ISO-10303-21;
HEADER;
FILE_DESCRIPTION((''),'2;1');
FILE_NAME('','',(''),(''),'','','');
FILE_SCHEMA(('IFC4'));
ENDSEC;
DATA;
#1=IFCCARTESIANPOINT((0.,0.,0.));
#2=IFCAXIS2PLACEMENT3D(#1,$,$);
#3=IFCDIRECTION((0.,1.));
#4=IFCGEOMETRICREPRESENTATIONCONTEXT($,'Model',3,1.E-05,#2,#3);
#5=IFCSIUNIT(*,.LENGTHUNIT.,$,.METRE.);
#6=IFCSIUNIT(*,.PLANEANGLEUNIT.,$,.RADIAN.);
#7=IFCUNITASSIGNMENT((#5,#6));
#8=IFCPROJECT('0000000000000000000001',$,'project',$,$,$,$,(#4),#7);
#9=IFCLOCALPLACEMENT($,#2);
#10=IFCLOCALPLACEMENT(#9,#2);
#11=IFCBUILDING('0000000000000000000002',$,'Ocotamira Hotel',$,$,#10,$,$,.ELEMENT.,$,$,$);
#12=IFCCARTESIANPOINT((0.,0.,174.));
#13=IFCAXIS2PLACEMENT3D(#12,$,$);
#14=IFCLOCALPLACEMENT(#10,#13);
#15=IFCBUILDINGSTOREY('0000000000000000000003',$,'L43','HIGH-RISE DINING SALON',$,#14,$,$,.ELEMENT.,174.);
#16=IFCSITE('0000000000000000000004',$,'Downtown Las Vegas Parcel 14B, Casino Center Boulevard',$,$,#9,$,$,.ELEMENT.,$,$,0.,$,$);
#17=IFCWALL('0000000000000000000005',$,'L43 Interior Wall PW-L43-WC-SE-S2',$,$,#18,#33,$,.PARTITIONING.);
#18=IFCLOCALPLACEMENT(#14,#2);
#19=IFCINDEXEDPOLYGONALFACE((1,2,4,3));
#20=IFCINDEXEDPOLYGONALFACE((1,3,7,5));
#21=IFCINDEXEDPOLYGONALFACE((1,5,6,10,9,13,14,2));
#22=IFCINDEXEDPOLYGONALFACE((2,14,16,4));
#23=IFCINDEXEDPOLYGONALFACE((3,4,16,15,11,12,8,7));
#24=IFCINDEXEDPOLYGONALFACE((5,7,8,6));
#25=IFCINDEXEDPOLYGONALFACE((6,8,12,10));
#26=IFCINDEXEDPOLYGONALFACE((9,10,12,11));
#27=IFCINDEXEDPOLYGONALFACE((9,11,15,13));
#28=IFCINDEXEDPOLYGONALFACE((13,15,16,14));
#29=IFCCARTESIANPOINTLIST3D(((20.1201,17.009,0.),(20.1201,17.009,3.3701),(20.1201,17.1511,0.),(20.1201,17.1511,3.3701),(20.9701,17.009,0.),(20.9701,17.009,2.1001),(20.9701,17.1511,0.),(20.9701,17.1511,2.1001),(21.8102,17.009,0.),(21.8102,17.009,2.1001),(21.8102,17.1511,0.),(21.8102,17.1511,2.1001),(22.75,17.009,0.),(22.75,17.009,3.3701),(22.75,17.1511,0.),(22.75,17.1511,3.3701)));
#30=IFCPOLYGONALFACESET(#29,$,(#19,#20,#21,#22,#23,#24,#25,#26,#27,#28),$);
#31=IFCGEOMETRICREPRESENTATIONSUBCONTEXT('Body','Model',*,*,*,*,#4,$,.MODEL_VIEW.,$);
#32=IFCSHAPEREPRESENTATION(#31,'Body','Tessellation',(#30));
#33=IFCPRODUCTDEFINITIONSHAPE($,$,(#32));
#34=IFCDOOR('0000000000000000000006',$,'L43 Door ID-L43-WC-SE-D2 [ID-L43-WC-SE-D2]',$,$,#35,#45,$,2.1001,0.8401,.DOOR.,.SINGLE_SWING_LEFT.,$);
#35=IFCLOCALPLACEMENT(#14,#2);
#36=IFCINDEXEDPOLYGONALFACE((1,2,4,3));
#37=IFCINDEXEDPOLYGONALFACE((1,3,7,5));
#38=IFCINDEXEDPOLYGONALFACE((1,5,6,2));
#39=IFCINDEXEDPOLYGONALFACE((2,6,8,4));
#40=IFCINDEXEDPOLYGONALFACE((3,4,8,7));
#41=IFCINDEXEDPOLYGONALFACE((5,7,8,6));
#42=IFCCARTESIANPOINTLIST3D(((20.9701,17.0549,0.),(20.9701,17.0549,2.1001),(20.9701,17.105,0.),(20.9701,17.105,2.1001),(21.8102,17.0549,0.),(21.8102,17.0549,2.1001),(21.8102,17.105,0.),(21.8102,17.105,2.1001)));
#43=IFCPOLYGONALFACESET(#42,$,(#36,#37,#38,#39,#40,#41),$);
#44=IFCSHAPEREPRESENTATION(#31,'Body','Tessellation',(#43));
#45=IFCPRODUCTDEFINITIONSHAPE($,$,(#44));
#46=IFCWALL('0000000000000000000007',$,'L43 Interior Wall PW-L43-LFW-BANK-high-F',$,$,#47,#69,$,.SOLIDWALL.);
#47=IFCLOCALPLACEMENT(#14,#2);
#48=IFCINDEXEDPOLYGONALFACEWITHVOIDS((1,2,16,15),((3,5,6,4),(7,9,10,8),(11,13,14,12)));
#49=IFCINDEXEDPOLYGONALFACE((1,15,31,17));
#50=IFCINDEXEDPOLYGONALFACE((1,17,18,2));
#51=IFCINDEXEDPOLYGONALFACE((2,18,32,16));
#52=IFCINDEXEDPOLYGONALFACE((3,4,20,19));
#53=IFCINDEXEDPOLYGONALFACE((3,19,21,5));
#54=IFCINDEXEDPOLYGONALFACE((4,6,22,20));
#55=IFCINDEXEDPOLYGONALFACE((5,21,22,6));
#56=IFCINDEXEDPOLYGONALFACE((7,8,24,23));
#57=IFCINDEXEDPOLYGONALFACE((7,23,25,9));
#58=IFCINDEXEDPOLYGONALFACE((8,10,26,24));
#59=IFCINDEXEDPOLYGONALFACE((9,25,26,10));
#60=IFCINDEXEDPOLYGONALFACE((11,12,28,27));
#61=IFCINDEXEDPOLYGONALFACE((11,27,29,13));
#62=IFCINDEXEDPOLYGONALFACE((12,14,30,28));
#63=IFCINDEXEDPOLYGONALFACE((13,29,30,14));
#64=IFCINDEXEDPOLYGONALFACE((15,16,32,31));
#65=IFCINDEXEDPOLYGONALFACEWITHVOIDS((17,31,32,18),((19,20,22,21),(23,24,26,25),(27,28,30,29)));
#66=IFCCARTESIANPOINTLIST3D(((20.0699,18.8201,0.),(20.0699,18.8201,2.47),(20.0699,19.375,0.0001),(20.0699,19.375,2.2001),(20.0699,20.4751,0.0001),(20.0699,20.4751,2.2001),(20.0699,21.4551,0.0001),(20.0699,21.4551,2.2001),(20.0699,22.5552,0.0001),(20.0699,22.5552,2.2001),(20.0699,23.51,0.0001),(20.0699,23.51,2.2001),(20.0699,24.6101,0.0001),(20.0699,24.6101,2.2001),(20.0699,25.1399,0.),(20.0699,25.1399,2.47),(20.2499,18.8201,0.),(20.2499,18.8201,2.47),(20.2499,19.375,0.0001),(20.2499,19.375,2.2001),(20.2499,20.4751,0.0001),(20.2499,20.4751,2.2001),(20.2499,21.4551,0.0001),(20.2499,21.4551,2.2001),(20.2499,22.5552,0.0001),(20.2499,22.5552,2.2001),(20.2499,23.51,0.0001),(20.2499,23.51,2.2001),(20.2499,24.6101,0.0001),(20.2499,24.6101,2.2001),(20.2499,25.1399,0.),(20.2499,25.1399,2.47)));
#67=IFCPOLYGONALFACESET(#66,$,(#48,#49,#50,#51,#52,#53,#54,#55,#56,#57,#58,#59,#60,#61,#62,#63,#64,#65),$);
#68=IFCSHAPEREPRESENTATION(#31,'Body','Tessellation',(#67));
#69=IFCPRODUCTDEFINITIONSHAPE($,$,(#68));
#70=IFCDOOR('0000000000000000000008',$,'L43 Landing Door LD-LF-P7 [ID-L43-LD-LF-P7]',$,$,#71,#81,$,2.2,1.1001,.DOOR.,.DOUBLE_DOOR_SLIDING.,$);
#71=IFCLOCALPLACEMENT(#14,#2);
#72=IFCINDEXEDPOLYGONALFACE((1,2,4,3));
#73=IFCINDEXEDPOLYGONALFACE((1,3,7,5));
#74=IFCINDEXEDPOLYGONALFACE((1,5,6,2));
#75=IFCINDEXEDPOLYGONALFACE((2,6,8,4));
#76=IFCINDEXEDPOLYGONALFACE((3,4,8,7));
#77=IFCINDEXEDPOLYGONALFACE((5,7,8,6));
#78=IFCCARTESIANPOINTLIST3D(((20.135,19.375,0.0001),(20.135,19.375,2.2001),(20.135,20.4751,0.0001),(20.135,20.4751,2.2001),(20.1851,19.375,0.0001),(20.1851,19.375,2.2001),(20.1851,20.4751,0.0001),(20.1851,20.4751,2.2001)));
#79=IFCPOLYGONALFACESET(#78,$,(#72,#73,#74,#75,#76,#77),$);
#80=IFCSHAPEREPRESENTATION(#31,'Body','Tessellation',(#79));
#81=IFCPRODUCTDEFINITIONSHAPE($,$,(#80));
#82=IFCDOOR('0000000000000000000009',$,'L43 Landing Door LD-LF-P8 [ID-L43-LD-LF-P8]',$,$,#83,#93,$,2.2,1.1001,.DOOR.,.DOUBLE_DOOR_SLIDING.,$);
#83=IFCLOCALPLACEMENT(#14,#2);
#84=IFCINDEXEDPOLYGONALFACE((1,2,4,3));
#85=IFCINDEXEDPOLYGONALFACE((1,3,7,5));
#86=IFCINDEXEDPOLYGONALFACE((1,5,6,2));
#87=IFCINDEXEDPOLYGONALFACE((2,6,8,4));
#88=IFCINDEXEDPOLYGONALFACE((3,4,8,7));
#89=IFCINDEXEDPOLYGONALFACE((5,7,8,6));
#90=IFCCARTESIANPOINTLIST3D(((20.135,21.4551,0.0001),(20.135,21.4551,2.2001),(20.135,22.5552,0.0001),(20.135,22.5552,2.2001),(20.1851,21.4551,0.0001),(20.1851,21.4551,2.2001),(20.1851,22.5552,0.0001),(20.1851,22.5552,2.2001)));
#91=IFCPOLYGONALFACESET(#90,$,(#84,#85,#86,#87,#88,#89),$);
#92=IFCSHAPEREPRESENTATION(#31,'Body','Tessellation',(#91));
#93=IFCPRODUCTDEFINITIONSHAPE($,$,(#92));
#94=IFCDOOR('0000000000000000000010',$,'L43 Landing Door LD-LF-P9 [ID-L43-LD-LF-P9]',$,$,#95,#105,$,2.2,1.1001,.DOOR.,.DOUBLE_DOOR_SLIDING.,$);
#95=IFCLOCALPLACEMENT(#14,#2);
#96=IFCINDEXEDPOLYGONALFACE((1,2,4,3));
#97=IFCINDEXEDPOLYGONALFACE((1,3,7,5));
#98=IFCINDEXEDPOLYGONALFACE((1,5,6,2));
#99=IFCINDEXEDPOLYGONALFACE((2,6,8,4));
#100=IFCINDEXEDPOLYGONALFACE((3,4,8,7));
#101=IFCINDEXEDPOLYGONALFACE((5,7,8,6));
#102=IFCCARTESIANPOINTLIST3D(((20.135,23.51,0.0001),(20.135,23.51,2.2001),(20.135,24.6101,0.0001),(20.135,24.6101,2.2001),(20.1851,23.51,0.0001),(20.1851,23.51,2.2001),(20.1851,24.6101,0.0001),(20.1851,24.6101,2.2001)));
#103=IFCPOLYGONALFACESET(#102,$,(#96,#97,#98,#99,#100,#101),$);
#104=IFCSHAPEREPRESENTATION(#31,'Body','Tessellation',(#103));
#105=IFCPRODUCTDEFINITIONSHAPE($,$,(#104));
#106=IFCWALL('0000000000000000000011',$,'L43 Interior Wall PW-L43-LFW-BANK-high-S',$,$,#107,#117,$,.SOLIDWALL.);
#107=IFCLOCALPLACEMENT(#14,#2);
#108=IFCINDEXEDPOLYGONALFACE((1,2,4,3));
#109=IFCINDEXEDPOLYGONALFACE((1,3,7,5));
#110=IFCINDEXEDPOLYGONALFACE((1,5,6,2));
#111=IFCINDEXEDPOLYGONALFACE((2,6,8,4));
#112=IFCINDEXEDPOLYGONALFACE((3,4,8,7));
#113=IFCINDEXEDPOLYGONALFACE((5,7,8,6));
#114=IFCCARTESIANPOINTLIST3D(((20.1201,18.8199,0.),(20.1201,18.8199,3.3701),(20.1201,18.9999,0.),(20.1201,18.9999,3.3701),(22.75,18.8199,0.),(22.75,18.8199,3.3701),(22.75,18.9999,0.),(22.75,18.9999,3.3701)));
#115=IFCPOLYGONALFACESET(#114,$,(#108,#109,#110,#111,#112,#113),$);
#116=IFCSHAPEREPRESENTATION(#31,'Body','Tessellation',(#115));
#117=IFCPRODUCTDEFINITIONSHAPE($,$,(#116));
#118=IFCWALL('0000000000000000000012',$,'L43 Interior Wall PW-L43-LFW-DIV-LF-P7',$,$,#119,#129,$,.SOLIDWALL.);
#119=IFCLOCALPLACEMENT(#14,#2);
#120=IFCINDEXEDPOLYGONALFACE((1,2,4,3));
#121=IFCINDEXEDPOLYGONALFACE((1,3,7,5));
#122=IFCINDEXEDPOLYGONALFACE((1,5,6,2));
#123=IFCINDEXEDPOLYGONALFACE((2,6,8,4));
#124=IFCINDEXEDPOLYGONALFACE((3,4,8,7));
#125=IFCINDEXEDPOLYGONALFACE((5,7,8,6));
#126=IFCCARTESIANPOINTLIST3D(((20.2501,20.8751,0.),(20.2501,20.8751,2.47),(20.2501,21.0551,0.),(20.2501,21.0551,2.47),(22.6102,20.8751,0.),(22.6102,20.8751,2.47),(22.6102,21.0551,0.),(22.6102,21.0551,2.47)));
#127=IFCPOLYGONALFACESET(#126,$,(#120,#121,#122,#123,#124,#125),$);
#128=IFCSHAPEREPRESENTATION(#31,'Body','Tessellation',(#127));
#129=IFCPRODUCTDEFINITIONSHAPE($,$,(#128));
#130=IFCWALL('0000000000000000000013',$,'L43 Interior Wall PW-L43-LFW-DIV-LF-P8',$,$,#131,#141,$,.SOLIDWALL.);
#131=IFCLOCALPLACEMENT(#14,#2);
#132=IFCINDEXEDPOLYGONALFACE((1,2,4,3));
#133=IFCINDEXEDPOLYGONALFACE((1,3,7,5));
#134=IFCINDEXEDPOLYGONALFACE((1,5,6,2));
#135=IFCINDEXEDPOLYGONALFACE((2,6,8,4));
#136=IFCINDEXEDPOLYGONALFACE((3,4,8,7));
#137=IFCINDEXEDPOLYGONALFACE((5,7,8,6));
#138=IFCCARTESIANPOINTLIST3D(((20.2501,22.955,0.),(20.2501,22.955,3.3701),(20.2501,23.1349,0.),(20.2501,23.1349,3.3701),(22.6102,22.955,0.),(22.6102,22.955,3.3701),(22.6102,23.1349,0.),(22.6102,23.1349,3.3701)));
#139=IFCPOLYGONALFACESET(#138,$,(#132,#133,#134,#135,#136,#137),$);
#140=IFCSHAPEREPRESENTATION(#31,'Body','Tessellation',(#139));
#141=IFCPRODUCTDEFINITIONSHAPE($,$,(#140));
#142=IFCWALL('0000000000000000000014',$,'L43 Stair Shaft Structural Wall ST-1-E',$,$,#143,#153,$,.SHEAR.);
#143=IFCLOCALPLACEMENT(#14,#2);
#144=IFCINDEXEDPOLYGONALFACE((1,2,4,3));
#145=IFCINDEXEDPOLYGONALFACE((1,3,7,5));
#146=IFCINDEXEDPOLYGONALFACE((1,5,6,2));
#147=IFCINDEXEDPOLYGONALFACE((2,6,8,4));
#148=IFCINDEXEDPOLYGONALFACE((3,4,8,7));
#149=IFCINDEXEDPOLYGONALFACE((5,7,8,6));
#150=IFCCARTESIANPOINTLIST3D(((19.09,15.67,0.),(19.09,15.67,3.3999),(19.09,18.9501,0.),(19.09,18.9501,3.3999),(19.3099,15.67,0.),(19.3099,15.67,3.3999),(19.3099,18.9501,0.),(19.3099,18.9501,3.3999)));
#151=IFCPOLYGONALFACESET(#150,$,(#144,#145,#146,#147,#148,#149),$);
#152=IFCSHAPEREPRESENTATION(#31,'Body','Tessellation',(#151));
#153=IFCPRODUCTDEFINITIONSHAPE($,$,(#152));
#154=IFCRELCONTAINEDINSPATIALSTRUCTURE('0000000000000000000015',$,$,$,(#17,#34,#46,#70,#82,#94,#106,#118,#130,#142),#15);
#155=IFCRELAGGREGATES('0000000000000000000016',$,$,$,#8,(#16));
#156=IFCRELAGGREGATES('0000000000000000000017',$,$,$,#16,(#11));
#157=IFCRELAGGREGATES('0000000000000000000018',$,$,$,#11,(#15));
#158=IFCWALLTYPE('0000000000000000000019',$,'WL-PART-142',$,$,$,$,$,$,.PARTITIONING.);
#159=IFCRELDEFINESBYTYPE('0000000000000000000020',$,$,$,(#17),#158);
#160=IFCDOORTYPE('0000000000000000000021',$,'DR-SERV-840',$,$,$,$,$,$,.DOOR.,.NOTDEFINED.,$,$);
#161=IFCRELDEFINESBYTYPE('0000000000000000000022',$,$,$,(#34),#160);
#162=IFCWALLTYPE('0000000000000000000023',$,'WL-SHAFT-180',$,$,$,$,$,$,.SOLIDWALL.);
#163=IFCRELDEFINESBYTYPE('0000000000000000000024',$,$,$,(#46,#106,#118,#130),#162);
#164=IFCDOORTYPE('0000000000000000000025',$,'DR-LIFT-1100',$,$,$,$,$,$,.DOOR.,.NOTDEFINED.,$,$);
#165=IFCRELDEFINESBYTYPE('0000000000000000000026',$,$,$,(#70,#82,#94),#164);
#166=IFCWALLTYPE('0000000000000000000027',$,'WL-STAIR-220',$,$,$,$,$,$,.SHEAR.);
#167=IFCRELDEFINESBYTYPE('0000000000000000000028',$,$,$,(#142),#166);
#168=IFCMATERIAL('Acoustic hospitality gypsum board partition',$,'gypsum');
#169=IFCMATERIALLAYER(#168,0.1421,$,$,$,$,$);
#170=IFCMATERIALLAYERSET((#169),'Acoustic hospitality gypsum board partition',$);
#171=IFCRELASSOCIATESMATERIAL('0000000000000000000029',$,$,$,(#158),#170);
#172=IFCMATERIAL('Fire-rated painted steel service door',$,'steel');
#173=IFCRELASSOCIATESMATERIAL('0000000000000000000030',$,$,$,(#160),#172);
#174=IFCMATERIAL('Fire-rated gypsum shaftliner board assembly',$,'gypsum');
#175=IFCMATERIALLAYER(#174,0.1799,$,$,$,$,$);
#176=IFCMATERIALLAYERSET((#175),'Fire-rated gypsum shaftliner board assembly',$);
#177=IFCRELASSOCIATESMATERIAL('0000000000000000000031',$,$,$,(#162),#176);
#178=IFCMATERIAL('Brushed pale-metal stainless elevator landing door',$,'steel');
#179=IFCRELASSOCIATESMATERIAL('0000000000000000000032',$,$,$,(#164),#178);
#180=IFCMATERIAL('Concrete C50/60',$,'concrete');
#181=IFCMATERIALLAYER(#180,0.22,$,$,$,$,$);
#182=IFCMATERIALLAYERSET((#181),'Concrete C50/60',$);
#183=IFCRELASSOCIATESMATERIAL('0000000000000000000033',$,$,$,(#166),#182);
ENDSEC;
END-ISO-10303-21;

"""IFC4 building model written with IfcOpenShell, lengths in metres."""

from ifc_helpers import new_model, si_unit, direction, frame, frame_2d, origin, place, context, subcontext, project, spatial, rectangle, extrude, source, transform, mapped, material, layer, layer_set, type_object, element, fill, save


model = new_model("IFC4")

# Units and contexts
model_context = context("Model", 3, precision=1e-05, world=origin(), true_north=direction((0.0, 1.0)))
body_context = subcontext(model_context, "Body", "Model", "MODEL_VIEW")
ifc_project = project(units=[si_unit("LENGTHUNIT", "METRE"), si_unit("PLANEANGLEUNIT", "RADIAN")], contexts=[model_context])

# Site, building, storey
site_placement = place(None, origin())
site = spatial("IfcSite", under=ifc_project, at=site_placement, Name="Downtown Las Vegas Parcel 14B, Casino Center Boulevard", CompositionType="ELEMENT", RefElevation=0.0)
building_placement = place(site_placement, origin())
building = spatial("IfcBuilding", under=site, at=building_placement, Name="Ocotamira Hotel", CompositionType="ELEMENT")
storey_placement = place(building_placement, frame((0.0, 0.0, 174.0)))
storey = spatial("IfcBuildingStorey", under=building, at=storey_placement, Name="L43", Description="HIGH-RISE DINING SALON", CompositionType="ELEMENT", Elevation=174.0)

# Shared definitions
ifc_material_1 = material(Name="Concrete C50/60", Category="concrete")
ifc_material_2 = material(Name="Acoustic hospitality gypsum board partition", Category="gypsum")
ifc_layer_1 = layer(ifc_material_2, 0.1421)
ifc_layer_set_1 = layer_set([ifc_layer_1], Name="Acoustic hospitality gypsum board partition")
wall_type_1 = type_object("IfcWallType", Name="WL-PART-142", PredefinedType="PARTITIONING", material=ifc_layer_set_1)

# Wall, opening, door
wall_1_placement = place(storey_placement, frame((20.1201, 17.0801, 0.0), z_axis=(0.0, 0.0, 1.0), x_axis=(1.0, 0.0, 0.0)))
wall_1 = element("IfcWall", 1, at=wall_1_placement, inside=storey, type_object=wall_type_1, Name="L43 Interior Wall PW-L43-WC-SE-S2", PredefinedType="PARTITIONING", context=body_context, shape_type="SweptSolid", body=[
    extrude(rectangle(XDim=2.6299, YDim=0.1421, at=frame_2d((1.3149, 0.0))), origin(), (0.0, 0.0, 1.0), 3.3701),
])
opening_1_placement = place(wall_1_placement, frame((0.8501, 0.0, 0.0)))
opening_1 = element("IfcOpeningElement", 2, at=opening_1_placement, cuts=wall_1, PredefinedType="OPENING", context=body_context, shape_type="SweptSolid", body=[
    extrude(rectangle(XDim=0.8401, YDim=2.1001, at=frame_2d((0.4199, 1.05))), frame((0.0, 0.0811, 0.0), z_axis=(0.0, -1.0, 0.0), x_axis=(1.0, 0.0, 0.0)), (0.0, 0.0, 1.0), 0.1621),
])
ifc_material_3 = material(Name="Fire-rated painted steel service door", Category="steel")
door_type_1 = type_object("IfcDoorType", Name="DR-SERV-840", OperationType="NOTDEFINED", PredefinedType="DOOR", material=ifc_material_3)
shared_shape_1 = source(origin(), body_context, "Body", "SweptSolid", [
    extrude(rectangle(XDim=0.8401, YDim=2.1001, at=frame_2d((0.4199, 1.05))), frame((0.0, 0.0249, 0.0), z_axis=(0.0, -1.0, 0.0), x_axis=(1.0, 0.0, 0.0)), (0.0, 0.0, 1.0), 0.05),
])
door_1_placement = place(opening_1_placement, origin())
door_1 = element("IfcDoor", 3, at=door_1_placement, inside=storey, type_object=door_type_1, Name="L43 Door ID-L43-WC-SE-D2 [ID-L43-WC-SE-D2]", OperationType="SINGLE_SWING_LEFT", OverallHeight=2.1001, OverallWidth=0.8401, PredefinedType="DOOR", context=body_context, shape_type="MappedRepresentation", body=[
    mapped(shared_shape_1, transform((0.0, 0.0, 0.0), scale=1.0)),
])
fill(opening_1, door_1)

# Wall, openings, doors
ifc_material_4 = material(Name="Fire-rated gypsum shaftliner board assembly", Category="gypsum")
ifc_layer_2 = layer(ifc_material_4, 0.1799)
ifc_layer_set_2 = layer_set([ifc_layer_2], Name="Fire-rated gypsum shaftliner board assembly")
wall_type_2 = type_object("IfcWallType", Name="WL-SHAFT-180", PredefinedType="SOLIDWALL", material=ifc_layer_set_2)
wall_2_placement = place(storey_placement, frame((20.1599, 18.8201, 0.0), z_axis=(0.0, 0.0, 1.0), x_axis=(0.0, 1.0, 0.0)))
wall_2 = element("IfcWall", 4, at=wall_2_placement, inside=storey, type_object=wall_type_2, Name="L43 Interior Wall PW-L43-LFW-BANK-high-F", PredefinedType="SOLIDWALL", context=body_context, shape_type="SweptSolid", body=[
    extrude(rectangle(XDim=6.3198, YDim=0.1799, at=frame_2d((3.1599, 0.0))), origin(), (0.0, 0.0, 1.0), 2.47),
])
opening_2_placement = place(wall_2_placement, frame((0.5549, 0.0, 0.0)))
opening_2 = element("IfcOpeningElement", 5, at=opening_2_placement, cuts=wall_2, PredefinedType="OPENING", context=body_context, shape_type="SweptSolid", body=[
    extrude(rectangle(XDim=1.1001, YDim=2.2, at=frame_2d((0.55, 1.1001))), frame((0.0, 0.1001, 0.0), z_axis=(0.0, -1.0, 0.0), x_axis=(1.0, 0.0, 0.0)), (0.0, 0.0, 1.0), 0.2),
])
opening_3_placement = place(wall_2_placement, frame((2.635, 0.0, 0.0)))
opening_3 = element("IfcOpeningElement", 6, at=opening_3_placement, cuts=wall_2, PredefinedType="OPENING", context=body_context, shape_type="SweptSolid", body=[
    extrude(rectangle(XDim=1.1001, YDim=2.2, at=frame_2d((0.55, 1.1001))), frame((0.0, 0.1001, 0.0), z_axis=(0.0, -1.0, 0.0), x_axis=(1.0, 0.0, 0.0)), (0.0, 0.0, 1.0), 0.2),
])
opening_4_placement = place(wall_2_placement, frame((4.6899, 0.0, 0.0)))
opening_4 = element("IfcOpeningElement", 7, at=opening_4_placement, cuts=wall_2, PredefinedType="OPENING", context=body_context, shape_type="SweptSolid", body=[
    extrude(rectangle(XDim=1.1001, YDim=2.2, at=frame_2d((0.55, 1.1001))), frame((0.0, 0.1001, 0.0), z_axis=(0.0, -1.0, 0.0), x_axis=(1.0, 0.0, 0.0)), (0.0, 0.0, 1.0), 0.2),
])
ifc_material_5 = material(Name="Brushed pale-metal stainless elevator landing door", Category="steel")
door_type_2 = type_object("IfcDoorType", Name="DR-LIFT-1100", OperationType="NOTDEFINED", PredefinedType="DOOR", material=ifc_material_5)
shared_shape_2 = source(origin(), body_context, "Body", "SweptSolid", [
    extrude(rectangle(XDim=1.1001, YDim=2.2, at=frame_2d((0.55, 1.1001))), frame((0.0, 0.0249, 0.0), z_axis=(0.0, -1.0, 0.0), x_axis=(1.0, 0.0, 0.0)), (0.0, 0.0, 1.0), 0.05),
])
door_2_placement = place(opening_2_placement, origin())
door_2 = element("IfcDoor", 8, at=door_2_placement, inside=storey, type_object=door_type_2, Name="L43 Landing Door LD-LF-P7 [ID-L43-LD-LF-P7]", OperationType="DOUBLE_DOOR_SLIDING", OverallHeight=2.2, OverallWidth=1.1001, PredefinedType="DOOR", context=body_context, shape_type="MappedRepresentation", body=[
    mapped(shared_shape_2, transform((0.0, 0.0, 0.0), scale=1.0)),
])
fill(opening_2, door_2)
door_3_placement = place(opening_3_placement, origin())
door_3 = element("IfcDoor", 9, at=door_3_placement, inside=storey, type_object=door_type_2, Name="L43 Landing Door LD-LF-P8 [ID-L43-LD-LF-P8]", OperationType="DOUBLE_DOOR_SLIDING", OverallHeight=2.2, OverallWidth=1.1001, PredefinedType="DOOR", context=body_context, shape_type="MappedRepresentation", body=[
    mapped(shared_shape_2, transform((0.0, 0.0, 0.0), scale=1.0)),
])
fill(opening_3, door_3)
door_4_placement = place(opening_4_placement, origin())
door_4 = element("IfcDoor", 10, at=door_4_placement, inside=storey, type_object=door_type_2, Name="L43 Landing Door LD-LF-P9 [ID-L43-LD-LF-P9]", OperationType="DOUBLE_DOOR_SLIDING", OverallHeight=2.2, OverallWidth=1.1001, PredefinedType="DOOR", context=body_context, shape_type="MappedRepresentation", body=[
    mapped(shared_shape_2, transform((0.0, 0.0, 0.0), scale=1.0)),
])
fill(opening_4, door_4)

# Walls
wall_3_placement = place(storey_placement, frame((20.1201, 18.9099, 0.0), z_axis=(0.0, 0.0, 1.0), x_axis=(1.0, 0.0, 0.0)))
element("IfcWall", 11, at=wall_3_placement, inside=storey, type_object=wall_type_2, Name="L43 Interior Wall PW-L43-LFW-BANK-high-S", PredefinedType="SOLIDWALL", context=body_context, shape_type="SweptSolid", body=[
    extrude(rectangle(XDim=2.6299, YDim=0.1799, at=frame_2d((1.3149, 0.0))), origin(), (0.0, 0.0, 1.0), 3.3701),
])
wall_4_placement = place(storey_placement, frame((20.25, 20.9651, 0.0), z_axis=(0.0, 0.0, 1.0), x_axis=(1.0, 0.0, 0.0)))
element("IfcWall", 12, at=wall_4_placement, inside=storey, type_object=wall_type_2, Name="L43 Interior Wall PW-L43-LFW-DIV-LF-P7", PredefinedType="SOLIDWALL", context=body_context, shape_type="SweptSolid", body=[
    extrude(rectangle(XDim=2.3601, YDim=0.1799, at=frame_2d((1.1802, 0.0))), origin(), (0.0, 0.0, 1.0), 2.47),
])
wall_5_placement = place(storey_placement, frame((20.25, 23.0449, 0.0), z_axis=(0.0, 0.0, 1.0), x_axis=(1.0, 0.0, 0.0)))
element("IfcWall", 13, at=wall_5_placement, inside=storey, type_object=wall_type_2, Name="L43 Interior Wall PW-L43-LFW-DIV-LF-P8", PredefinedType="SOLIDWALL", context=body_context, shape_type="SweptSolid", body=[
    extrude(rectangle(XDim=2.3601, YDim=0.1799, at=frame_2d((1.1802, 0.0))), origin(), (0.0, 0.0, 1.0), 3.3701),
])
ifc_layer_3 = layer(ifc_material_1, 0.22)
ifc_layer_set_3 = layer_set([ifc_layer_3], Name="Concrete C50/60")
wall_type_3 = type_object("IfcWallType", Name="WL-STAIR-220", PredefinedType="SHEAR", material=ifc_layer_set_3)
wall_6_placement = place(storey_placement, frame((19.2, 15.6699, 0.0), z_axis=(0.0, 0.0, 1.0), x_axis=(0.0, 1.0, 0.0)))
element("IfcWall", 14, at=wall_6_placement, inside=storey, type_object=wall_type_3, Name="L43 Stair Shaft Structural Wall ST-1-E", PredefinedType="SHEAR", context=body_context, shape_type="SweptSolid", body=[
    extrude(rectangle(XDim=3.28, YDim=0.22, at=frame_2d((1.6401, 0.0))), origin(), (0.0, 0.0, 1.0), 3.3999),
])

save(model, "model.ifc")
